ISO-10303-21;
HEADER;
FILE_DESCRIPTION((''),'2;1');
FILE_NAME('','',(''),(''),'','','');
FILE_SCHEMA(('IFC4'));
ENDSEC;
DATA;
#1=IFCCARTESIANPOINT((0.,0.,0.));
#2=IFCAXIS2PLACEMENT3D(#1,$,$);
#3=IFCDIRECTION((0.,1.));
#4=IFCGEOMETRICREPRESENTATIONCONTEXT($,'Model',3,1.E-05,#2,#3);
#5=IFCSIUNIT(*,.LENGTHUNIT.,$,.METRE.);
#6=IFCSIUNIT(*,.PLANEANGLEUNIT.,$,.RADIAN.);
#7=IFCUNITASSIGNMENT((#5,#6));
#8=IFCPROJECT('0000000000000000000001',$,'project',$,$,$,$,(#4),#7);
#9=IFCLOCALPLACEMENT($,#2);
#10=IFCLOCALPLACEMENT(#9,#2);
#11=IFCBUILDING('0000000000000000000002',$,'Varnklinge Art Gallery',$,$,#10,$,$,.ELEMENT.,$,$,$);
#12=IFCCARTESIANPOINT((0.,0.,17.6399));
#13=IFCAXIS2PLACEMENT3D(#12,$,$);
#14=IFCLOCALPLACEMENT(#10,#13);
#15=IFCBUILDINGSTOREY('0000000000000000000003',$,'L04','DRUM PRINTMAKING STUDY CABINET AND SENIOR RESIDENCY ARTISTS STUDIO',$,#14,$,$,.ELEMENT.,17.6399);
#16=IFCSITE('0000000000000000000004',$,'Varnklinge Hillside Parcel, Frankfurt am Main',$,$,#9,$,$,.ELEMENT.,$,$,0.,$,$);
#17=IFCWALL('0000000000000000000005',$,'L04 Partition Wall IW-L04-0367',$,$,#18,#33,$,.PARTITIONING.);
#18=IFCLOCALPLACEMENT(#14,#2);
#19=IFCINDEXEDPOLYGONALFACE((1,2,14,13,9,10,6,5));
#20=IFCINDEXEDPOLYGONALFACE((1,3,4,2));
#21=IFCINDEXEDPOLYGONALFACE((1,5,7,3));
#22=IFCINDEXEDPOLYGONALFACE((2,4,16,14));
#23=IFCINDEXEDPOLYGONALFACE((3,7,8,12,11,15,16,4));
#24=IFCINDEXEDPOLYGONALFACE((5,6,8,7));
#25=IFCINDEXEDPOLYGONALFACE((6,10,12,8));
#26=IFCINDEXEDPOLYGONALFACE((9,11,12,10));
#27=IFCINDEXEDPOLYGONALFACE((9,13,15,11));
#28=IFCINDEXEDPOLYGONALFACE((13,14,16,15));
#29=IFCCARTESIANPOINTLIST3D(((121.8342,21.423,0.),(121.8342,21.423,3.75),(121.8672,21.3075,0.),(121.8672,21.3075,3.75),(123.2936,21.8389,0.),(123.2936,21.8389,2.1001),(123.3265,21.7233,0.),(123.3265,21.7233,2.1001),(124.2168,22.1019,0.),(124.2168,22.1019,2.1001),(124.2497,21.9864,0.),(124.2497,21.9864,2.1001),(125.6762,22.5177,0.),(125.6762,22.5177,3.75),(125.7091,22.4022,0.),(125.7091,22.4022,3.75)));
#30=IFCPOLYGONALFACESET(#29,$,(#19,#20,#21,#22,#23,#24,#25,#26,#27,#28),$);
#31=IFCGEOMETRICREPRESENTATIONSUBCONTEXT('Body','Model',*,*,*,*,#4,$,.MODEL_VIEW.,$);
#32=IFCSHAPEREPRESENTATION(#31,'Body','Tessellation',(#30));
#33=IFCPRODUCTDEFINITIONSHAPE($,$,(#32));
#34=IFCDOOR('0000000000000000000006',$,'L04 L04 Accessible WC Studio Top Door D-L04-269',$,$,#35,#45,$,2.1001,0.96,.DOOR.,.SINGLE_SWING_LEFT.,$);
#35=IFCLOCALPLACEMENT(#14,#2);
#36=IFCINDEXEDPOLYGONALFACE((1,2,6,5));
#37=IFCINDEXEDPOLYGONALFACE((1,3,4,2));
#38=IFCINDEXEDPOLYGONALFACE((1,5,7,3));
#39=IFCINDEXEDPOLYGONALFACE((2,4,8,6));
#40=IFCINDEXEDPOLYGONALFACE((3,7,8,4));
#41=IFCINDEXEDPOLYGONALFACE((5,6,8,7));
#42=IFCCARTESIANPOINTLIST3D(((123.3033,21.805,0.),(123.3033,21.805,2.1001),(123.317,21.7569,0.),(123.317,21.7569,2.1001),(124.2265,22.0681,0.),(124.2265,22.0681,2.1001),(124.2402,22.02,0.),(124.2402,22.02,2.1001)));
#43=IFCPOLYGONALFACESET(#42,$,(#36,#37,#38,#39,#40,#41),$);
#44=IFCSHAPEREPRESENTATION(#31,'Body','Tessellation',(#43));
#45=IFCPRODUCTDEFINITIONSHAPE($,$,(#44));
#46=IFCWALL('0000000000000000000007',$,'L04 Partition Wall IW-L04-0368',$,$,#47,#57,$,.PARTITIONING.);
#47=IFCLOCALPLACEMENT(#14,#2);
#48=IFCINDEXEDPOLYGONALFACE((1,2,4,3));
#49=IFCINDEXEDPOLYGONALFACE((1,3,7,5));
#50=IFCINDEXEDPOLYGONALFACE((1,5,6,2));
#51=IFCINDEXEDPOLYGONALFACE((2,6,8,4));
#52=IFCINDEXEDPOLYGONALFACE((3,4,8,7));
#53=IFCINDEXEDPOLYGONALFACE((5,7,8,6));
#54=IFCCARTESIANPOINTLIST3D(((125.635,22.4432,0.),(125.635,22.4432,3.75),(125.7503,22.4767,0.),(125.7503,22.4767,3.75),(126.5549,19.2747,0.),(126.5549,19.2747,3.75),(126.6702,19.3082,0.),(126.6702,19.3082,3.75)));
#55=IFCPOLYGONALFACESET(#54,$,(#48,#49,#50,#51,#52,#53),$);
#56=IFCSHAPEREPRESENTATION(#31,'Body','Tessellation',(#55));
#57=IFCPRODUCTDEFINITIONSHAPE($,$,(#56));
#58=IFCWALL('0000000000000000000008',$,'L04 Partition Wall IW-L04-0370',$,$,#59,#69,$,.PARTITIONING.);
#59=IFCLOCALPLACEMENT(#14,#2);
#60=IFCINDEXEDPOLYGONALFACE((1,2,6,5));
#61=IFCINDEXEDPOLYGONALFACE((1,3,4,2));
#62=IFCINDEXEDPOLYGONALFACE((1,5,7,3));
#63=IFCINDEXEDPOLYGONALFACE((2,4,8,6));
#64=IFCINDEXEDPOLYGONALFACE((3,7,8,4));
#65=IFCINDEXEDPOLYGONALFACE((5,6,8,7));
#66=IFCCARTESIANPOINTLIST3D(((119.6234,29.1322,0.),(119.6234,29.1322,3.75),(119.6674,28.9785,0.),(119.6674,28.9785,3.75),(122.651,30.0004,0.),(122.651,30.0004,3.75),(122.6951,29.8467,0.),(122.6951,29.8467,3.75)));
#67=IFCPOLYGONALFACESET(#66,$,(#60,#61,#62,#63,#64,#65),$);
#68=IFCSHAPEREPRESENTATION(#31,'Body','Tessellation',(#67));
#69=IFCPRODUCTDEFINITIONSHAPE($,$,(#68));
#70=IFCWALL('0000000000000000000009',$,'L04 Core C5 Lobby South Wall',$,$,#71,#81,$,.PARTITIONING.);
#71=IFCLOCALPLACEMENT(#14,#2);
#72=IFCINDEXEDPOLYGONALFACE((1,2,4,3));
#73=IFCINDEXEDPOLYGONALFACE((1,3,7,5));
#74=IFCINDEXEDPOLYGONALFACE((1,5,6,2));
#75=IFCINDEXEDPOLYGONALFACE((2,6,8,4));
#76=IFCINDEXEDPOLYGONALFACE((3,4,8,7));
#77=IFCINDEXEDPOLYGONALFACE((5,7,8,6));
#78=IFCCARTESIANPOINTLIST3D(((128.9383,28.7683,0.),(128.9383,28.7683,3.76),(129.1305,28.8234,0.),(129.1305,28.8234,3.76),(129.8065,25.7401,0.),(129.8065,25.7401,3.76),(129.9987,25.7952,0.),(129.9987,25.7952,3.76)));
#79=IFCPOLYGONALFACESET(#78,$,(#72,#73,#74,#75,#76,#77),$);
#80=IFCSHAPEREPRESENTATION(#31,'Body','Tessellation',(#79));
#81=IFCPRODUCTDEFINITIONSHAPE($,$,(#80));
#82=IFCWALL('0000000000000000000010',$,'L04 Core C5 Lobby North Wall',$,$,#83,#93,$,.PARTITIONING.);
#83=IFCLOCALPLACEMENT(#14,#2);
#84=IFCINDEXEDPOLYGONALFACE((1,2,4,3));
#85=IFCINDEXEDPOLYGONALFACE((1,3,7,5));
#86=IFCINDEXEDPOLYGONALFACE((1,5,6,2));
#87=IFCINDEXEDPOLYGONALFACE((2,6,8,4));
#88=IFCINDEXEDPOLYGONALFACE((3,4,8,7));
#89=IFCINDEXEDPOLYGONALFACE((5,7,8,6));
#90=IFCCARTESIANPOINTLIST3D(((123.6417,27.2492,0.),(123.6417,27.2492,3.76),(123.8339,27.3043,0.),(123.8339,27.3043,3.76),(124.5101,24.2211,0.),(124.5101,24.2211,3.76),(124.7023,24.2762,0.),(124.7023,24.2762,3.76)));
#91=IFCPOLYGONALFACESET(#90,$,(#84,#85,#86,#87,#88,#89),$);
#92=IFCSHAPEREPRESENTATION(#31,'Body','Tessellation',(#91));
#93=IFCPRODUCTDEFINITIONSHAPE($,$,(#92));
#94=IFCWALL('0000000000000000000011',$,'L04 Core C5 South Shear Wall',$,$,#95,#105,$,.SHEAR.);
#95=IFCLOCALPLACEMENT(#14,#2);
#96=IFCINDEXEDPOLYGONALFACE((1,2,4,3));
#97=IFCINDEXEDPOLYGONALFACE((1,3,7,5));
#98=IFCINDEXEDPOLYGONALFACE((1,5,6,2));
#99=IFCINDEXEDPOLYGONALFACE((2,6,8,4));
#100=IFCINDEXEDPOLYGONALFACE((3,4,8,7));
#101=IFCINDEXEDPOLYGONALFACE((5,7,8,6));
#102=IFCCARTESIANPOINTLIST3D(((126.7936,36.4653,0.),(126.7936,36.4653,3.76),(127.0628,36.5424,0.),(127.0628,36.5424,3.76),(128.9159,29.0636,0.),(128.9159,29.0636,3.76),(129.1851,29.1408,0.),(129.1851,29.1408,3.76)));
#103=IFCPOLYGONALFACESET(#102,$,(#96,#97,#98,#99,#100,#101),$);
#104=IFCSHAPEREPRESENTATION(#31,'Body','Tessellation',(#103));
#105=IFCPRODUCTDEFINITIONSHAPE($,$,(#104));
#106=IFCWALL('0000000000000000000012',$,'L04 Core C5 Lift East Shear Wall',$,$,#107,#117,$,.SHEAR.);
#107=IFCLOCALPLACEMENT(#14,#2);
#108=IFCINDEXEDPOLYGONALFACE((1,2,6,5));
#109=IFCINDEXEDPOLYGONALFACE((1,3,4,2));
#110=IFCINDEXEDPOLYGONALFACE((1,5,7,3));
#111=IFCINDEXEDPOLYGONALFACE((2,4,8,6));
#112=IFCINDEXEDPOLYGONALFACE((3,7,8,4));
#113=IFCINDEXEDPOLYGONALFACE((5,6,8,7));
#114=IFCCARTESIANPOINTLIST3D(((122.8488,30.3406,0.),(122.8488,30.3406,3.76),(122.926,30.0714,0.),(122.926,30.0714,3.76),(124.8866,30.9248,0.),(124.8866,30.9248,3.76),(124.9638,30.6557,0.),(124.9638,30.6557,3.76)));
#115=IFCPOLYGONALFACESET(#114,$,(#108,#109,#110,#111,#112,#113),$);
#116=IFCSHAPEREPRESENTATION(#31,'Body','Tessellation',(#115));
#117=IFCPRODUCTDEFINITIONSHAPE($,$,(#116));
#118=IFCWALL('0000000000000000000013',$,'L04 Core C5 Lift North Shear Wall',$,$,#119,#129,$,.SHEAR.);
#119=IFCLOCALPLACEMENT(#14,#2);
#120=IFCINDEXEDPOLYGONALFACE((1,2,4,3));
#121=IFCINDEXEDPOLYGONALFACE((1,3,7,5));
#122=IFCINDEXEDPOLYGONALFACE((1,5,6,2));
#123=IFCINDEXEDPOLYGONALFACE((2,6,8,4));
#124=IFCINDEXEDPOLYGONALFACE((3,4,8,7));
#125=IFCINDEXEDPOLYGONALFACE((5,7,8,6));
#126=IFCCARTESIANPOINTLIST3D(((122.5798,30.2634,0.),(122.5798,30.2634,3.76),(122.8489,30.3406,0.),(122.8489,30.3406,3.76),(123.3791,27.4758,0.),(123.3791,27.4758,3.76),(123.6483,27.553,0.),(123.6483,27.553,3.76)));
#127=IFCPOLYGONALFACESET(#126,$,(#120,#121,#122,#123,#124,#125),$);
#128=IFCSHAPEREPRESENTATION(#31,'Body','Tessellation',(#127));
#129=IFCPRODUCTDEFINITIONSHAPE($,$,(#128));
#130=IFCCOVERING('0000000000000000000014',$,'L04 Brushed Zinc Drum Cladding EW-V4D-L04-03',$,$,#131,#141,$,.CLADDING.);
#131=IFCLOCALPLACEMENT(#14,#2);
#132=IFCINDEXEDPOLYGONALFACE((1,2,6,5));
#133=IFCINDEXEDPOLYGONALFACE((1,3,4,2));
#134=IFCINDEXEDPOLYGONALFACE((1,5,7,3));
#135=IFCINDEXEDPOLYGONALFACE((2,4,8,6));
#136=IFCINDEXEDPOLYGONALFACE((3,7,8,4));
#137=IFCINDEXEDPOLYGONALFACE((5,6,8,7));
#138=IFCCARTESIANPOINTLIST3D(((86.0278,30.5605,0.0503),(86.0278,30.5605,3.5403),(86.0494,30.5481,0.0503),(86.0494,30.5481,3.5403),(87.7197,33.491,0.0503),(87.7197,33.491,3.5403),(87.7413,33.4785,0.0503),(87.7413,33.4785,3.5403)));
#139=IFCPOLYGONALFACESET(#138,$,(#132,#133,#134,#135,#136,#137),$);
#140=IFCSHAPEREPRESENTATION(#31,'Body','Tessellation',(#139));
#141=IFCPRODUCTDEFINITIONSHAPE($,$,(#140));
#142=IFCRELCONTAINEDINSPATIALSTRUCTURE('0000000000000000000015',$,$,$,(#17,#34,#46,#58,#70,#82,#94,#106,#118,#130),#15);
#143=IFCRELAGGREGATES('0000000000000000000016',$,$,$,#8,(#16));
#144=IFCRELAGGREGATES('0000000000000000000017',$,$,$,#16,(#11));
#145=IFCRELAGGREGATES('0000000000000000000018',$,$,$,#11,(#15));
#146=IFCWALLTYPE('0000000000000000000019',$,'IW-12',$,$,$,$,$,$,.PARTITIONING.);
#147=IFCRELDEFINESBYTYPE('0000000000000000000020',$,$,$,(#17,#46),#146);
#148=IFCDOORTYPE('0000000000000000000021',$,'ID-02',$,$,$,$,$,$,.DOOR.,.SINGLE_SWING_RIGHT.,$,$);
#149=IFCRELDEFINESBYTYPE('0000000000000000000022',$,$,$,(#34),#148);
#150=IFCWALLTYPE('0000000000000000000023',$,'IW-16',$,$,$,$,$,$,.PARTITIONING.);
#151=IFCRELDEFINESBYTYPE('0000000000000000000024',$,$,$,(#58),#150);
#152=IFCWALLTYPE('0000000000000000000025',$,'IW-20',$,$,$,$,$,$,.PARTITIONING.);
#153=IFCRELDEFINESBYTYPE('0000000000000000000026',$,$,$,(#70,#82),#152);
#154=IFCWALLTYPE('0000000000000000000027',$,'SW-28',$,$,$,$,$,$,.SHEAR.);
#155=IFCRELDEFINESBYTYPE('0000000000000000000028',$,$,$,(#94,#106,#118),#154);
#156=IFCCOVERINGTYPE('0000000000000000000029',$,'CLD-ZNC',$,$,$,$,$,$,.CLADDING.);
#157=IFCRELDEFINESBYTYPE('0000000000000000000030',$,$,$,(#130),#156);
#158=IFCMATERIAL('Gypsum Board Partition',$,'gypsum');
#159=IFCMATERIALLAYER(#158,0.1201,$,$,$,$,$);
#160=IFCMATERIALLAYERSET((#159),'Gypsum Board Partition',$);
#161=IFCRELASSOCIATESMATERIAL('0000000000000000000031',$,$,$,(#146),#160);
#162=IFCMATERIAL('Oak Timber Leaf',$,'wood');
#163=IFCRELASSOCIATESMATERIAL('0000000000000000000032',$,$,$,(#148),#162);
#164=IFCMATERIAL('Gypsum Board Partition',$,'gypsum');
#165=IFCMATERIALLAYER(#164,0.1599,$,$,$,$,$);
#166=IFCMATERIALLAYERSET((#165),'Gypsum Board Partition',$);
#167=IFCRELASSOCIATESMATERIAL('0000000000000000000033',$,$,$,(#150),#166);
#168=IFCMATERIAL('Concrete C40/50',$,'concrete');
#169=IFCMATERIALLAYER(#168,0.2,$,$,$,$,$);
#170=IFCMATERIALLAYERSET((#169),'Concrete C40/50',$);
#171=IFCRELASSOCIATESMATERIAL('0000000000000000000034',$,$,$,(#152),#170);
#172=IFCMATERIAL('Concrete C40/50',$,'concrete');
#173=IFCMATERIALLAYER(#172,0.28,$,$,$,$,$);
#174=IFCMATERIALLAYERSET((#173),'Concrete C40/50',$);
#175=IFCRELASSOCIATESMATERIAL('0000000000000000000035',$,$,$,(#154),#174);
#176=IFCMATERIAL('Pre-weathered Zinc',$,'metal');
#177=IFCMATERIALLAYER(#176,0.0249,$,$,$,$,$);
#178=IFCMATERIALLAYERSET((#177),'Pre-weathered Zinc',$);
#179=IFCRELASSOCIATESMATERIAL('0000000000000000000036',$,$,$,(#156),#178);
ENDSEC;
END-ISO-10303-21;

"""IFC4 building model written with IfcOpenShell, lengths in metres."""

from ifc_helpers import new_model, si_unit, direction, frame, frame_2d, origin, origin_2d, place, context, subcontext, project, spatial, rectangle, extrude, material, layer, layer_set, type_object, element, fill, save


model = new_model("IFC4")

# Units and contexts
model_context = context("Model", 3, precision=1e-05, world=origin(), true_north=direction((0.0, 1.0)))
body_context = subcontext(model_context, "Body", "Model", "MODEL_VIEW")
ifc_project = project(units=[si_unit("LENGTHUNIT", "METRE"), si_unit("PLANEANGLEUNIT", "RADIAN")], contexts=[model_context])

# Site, building, storey
site_placement = place(None, origin())
site = spatial("IfcSite", under=ifc_project, at=site_placement, Name="Varnklinge Hillside Parcel, Frankfurt am Main", CompositionType="ELEMENT", RefElevation=0.0)
building_placement = place(site_placement, origin())
building = spatial("IfcBuilding", under=site, at=building_placement, Name="Varnklinge Art Gallery", CompositionType="ELEMENT")
storey_placement = place(building_placement, frame((0.0, 0.0, 17.6399)))
storey = spatial("IfcBuildingStorey", under=building, at=storey_placement, Name="L04", Description="DRUM PRINTMAKING STUDY CABINET AND SENIOR RESIDENCY ARTISTS STUDIO", CompositionType="ELEMENT", Elevation=17.6399)

# Wall, opening, door
ifc_material_1 = material(Name="Gypsum Board Partition", Category="gypsum")
ifc_layer_1 = layer(ifc_material_1, 0.1201)
ifc_layer_set_1 = layer_set([ifc_layer_1], Name="Gypsum Board Partition")
wall_type_1 = type_object("IfcWallType", Name="IW-12", PredefinedType="PARTITIONING", material=ifc_layer_set_1)
wall_1_placement = place(storey_placement, frame((121.8506, 21.3652, 0.0), z_axis=(0.0, 0.0, 1.0), x_axis=(0.961722, 0.274027, 0.0)))
wall_1 = element("IfcWall", 1, at=wall_1_placement, inside=storey, type_object=wall_type_1, Name="L04 Partition Wall IW-L04-0367", PredefinedType="PARTITIONING", context=body_context, shape_type="SweptSolid", body=[
    extrude(rectangle(XDim=3.9949, YDim=0.1201, at=frame_2d((1.9976, 0.0))), origin(), (0.0, 0.0, 1.0), 3.75),
])
opening_1_placement = place(wall_1_placement, frame((1.5176, 0.0, 0.0)))
opening_1 = element("IfcOpeningElement", 2, at=opening_1_placement, cuts=wall_1, PredefinedType="OPENING", context=body_context, shape_type="SweptSolid", body=[
    extrude(rectangle(XDim=0.96, YDim=2.1001, at=frame_2d((0.48, 1.05))), frame((0.0, 0.0701, 0.0), z_axis=(0.0, -1.0, 0.0), x_axis=(1.0, 0.0, 0.0)), (0.0, 0.0, 1.0), 0.1401),
])
ifc_material_2 = material(Name="Oak Timber Leaf", Category="wood")
door_type_1 = type_object("IfcDoorType", Name="ID-02", OperationType="SINGLE_SWING_RIGHT", PredefinedType="DOOR", material=ifc_material_2)
door_1_placement = place(opening_1_placement, origin())
door_1 = element("IfcDoor", 3, at=door_1_placement, inside=storey, type_object=door_type_1, Name="L04 L04 Accessible WC Studio Top Door D-L04-269", OperationType="SINGLE_SWING_LEFT", OverallHeight=2.1001, OverallWidth=0.96, PredefinedType="DOOR", context=body_context, shape_type="SweptSolid", body=[
    extrude(rectangle(XDim=0.96, YDim=2.1001, at=frame_2d((0.48, 1.05))), frame((0.0, 0.0249, 0.0), z_axis=(0.0, -1.0, 0.0), x_axis=(1.0, 0.0, 0.0)), (0.0, 0.0, 1.0), 0.05),
])
fill(opening_1, door_1)

# Wall
wall_2_placement = place(storey_placement, frame((125.6926, 22.46, 0.0), z_axis=(0.0, 0.0, 1.0), x_axis=(0.278823, -0.960342, 0.0)))
element("IfcWall", 4, at=wall_2_placement, inside=storey, type_object=wall_type_1, Name="L04 Partition Wall IW-L04-0368", PredefinedType="PARTITIONING", context=body_context, shape_type="SweptSolid", body=[
    extrude(rectangle(XDim=3.2993, YDim=0.1201, at=frame_2d((1.6497, 0.0))), origin(), (0.0, 0.0, 1.0), 3.75),
])

# Shared definitions
ifc_material_3 = material(Name="Gypsum Board Partition", Category="gypsum")
ifc_layer_2 = layer(ifc_material_3, 0.1599)
ifc_layer_set_2 = layer_set([ifc_layer_2], Name="Gypsum Board Partition")
wall_type_2 = type_object("IfcWallType", Name="IW-16", PredefinedType="PARTITIONING", material=ifc_layer_set_2)

# Walls
wall_3_placement = place(storey_placement, frame((119.6455, 29.0554, 0.0), z_axis=(0.0, 0.0, 1.0), x_axis=(0.96126, 0.275642, 0.0)))
element("IfcWall", 5, at=wall_3_placement, inside=storey, type_object=wall_type_2, Name="L04 Partition Wall IW-L04-0370", PredefinedType="PARTITIONING", context=body_context, shape_type="SweptSolid", body=[
    extrude(rectangle(XDim=3.1497, YDim=0.1599, at=frame_2d((1.5747, 0.0))), origin(), (0.0, 0.0, 1.0), 3.75),
])
ifc_material_4 = material(Name="Concrete C40/50", Category="concrete")
ifc_layer_3 = layer(ifc_material_4, 0.2)
ifc_layer_set_3 = layer_set([ifc_layer_3], Name="Concrete C40/50")
wall_type_3 = type_object("IfcWallType", Name="IW-20", PredefinedType="PARTITIONING", material=ifc_layer_set_3)
for number, where, z_axis, x_axis, name in (
    (6, (129.9026, 25.7676, 0.0), (0.0, 0.0, 1.0), (-0.275601, 0.961272, 0.0), "L04 Core C5 Lobby South Wall"),
    (7, (123.7378, 27.2769, 0.0), (0.0, 0.0, 1.0), (0.275673, -0.961251, 0.0), "L04 Core C5 Lobby North Wall"),
):
    element("IfcWall", number, at=place(storey_placement, frame(where, z_axis=z_axis, x_axis=x_axis)), inside=storey, type_object=wall_type_3, Name=name, PredefinedType="PARTITIONING", context=body_context, shape_type="SweptSolid", body=[
        extrude(rectangle(XDim=3.1501, YDim=0.2, at=frame_2d((1.5752, 0.0))), origin(), (0.0, 0.0, 1.0), 3.76),
    ])

# Walls
ifc_material_5 = material(Name="Concrete C40/50", Category="concrete")
ifc_layer_4 = layer(ifc_material_5, 0.28)
ifc_layer_set_4 = layer_set([ifc_layer_4], Name="Concrete C40/50")
wall_type_4 = type_object("IfcWallType", Name="SW-28", PredefinedType="SHEAR", material=ifc_layer_set_4)
wall_4_placement = place(storey_placement, frame((129.0505, 29.1021, 0.0), z_axis=(0.0, 0.0, 1.0), x_axis=(-0.27563, 0.961264, 0.0)))
element("IfcWall", 8, at=wall_4_placement, inside=storey, type_object=wall_type_4, Name="L04 Core C5 South Shear Wall", PredefinedType="SHEAR", context=body_context, shape_type="SweptSolid", body=[
    extrude(rectangle(XDim=7.7, YDim=0.28, at=frame_2d((3.8501, 0.0))), origin(), (0.0, 0.0, 1.0), 3.76),
])
wall_5_placement = place(storey_placement, frame((124.9253, 30.7903, 0.0), z_axis=(0.0, 0.0, 1.0), x_axis=(-0.961276, -0.275588, 0.0)))
element("IfcWall", 9, at=wall_5_placement, inside=storey, type_object=wall_type_4, Name="L04 Core C5 Lift East Shear Wall", PredefinedType="SHEAR", context=body_context, shape_type="SweptSolid", body=[
    extrude(rectangle(XDim=2.1199, YDim=0.28, at=frame_2d((1.0601, 0.0))), origin(), (0.0, 0.0, 1.0), 3.76),
])
wall_6_placement = place(storey_placement, frame((122.7144, 30.302, 0.0), z_axis=(0.0, 0.0, 1.0), x_axis=(0.275633, -0.961263, 0.0)))
element("IfcWall", 10, at=wall_6_placement, inside=storey, type_object=wall_type_4, Name="L04 Core C5 Lift North Shear Wall", PredefinedType="SHEAR", context=body_context, shape_type="SweptSolid", body=[
    extrude(rectangle(XDim=2.8999, YDim=0.28, at=frame_2d((1.45, 0.0))), origin(), (0.0, 0.0, 1.0), 3.76),
])

# Covering
ifc_material_6 = material(Name="Pre-weathered Zinc", Category="metal")
ifc_layer_5 = layer(ifc_material_6, 0.0249)
ifc_layer_set_5 = layer_set([ifc_layer_5], Name="Pre-weathered Zinc")
covering_type = type_object("IfcCoveringType", Name="CLD-ZNC", PredefinedType="CLADDING", material=ifc_layer_set_5)
covering_placement = place(storey_placement, frame((86.8845, 32.0195, 0.0503), z_axis=(0.0, 0.0, 1.0), x_axis=(-0.5, -0.866025, 0.0)))
element("IfcCovering", 11, at=covering_placement, inside=storey, type_object=covering_type, Name="L04 Brushed Zinc Drum Cladding EW-V4D-L04-03", PredefinedType="CLADDING", context=body_context, shape_type="SweptSolid", body=[
    extrude(rectangle(XDim=3.3838, YDim=0.0249, at=origin_2d()), origin(), (0.0, 0.0, 1.0), 3.49),
])

save(model, "model.ifc")
